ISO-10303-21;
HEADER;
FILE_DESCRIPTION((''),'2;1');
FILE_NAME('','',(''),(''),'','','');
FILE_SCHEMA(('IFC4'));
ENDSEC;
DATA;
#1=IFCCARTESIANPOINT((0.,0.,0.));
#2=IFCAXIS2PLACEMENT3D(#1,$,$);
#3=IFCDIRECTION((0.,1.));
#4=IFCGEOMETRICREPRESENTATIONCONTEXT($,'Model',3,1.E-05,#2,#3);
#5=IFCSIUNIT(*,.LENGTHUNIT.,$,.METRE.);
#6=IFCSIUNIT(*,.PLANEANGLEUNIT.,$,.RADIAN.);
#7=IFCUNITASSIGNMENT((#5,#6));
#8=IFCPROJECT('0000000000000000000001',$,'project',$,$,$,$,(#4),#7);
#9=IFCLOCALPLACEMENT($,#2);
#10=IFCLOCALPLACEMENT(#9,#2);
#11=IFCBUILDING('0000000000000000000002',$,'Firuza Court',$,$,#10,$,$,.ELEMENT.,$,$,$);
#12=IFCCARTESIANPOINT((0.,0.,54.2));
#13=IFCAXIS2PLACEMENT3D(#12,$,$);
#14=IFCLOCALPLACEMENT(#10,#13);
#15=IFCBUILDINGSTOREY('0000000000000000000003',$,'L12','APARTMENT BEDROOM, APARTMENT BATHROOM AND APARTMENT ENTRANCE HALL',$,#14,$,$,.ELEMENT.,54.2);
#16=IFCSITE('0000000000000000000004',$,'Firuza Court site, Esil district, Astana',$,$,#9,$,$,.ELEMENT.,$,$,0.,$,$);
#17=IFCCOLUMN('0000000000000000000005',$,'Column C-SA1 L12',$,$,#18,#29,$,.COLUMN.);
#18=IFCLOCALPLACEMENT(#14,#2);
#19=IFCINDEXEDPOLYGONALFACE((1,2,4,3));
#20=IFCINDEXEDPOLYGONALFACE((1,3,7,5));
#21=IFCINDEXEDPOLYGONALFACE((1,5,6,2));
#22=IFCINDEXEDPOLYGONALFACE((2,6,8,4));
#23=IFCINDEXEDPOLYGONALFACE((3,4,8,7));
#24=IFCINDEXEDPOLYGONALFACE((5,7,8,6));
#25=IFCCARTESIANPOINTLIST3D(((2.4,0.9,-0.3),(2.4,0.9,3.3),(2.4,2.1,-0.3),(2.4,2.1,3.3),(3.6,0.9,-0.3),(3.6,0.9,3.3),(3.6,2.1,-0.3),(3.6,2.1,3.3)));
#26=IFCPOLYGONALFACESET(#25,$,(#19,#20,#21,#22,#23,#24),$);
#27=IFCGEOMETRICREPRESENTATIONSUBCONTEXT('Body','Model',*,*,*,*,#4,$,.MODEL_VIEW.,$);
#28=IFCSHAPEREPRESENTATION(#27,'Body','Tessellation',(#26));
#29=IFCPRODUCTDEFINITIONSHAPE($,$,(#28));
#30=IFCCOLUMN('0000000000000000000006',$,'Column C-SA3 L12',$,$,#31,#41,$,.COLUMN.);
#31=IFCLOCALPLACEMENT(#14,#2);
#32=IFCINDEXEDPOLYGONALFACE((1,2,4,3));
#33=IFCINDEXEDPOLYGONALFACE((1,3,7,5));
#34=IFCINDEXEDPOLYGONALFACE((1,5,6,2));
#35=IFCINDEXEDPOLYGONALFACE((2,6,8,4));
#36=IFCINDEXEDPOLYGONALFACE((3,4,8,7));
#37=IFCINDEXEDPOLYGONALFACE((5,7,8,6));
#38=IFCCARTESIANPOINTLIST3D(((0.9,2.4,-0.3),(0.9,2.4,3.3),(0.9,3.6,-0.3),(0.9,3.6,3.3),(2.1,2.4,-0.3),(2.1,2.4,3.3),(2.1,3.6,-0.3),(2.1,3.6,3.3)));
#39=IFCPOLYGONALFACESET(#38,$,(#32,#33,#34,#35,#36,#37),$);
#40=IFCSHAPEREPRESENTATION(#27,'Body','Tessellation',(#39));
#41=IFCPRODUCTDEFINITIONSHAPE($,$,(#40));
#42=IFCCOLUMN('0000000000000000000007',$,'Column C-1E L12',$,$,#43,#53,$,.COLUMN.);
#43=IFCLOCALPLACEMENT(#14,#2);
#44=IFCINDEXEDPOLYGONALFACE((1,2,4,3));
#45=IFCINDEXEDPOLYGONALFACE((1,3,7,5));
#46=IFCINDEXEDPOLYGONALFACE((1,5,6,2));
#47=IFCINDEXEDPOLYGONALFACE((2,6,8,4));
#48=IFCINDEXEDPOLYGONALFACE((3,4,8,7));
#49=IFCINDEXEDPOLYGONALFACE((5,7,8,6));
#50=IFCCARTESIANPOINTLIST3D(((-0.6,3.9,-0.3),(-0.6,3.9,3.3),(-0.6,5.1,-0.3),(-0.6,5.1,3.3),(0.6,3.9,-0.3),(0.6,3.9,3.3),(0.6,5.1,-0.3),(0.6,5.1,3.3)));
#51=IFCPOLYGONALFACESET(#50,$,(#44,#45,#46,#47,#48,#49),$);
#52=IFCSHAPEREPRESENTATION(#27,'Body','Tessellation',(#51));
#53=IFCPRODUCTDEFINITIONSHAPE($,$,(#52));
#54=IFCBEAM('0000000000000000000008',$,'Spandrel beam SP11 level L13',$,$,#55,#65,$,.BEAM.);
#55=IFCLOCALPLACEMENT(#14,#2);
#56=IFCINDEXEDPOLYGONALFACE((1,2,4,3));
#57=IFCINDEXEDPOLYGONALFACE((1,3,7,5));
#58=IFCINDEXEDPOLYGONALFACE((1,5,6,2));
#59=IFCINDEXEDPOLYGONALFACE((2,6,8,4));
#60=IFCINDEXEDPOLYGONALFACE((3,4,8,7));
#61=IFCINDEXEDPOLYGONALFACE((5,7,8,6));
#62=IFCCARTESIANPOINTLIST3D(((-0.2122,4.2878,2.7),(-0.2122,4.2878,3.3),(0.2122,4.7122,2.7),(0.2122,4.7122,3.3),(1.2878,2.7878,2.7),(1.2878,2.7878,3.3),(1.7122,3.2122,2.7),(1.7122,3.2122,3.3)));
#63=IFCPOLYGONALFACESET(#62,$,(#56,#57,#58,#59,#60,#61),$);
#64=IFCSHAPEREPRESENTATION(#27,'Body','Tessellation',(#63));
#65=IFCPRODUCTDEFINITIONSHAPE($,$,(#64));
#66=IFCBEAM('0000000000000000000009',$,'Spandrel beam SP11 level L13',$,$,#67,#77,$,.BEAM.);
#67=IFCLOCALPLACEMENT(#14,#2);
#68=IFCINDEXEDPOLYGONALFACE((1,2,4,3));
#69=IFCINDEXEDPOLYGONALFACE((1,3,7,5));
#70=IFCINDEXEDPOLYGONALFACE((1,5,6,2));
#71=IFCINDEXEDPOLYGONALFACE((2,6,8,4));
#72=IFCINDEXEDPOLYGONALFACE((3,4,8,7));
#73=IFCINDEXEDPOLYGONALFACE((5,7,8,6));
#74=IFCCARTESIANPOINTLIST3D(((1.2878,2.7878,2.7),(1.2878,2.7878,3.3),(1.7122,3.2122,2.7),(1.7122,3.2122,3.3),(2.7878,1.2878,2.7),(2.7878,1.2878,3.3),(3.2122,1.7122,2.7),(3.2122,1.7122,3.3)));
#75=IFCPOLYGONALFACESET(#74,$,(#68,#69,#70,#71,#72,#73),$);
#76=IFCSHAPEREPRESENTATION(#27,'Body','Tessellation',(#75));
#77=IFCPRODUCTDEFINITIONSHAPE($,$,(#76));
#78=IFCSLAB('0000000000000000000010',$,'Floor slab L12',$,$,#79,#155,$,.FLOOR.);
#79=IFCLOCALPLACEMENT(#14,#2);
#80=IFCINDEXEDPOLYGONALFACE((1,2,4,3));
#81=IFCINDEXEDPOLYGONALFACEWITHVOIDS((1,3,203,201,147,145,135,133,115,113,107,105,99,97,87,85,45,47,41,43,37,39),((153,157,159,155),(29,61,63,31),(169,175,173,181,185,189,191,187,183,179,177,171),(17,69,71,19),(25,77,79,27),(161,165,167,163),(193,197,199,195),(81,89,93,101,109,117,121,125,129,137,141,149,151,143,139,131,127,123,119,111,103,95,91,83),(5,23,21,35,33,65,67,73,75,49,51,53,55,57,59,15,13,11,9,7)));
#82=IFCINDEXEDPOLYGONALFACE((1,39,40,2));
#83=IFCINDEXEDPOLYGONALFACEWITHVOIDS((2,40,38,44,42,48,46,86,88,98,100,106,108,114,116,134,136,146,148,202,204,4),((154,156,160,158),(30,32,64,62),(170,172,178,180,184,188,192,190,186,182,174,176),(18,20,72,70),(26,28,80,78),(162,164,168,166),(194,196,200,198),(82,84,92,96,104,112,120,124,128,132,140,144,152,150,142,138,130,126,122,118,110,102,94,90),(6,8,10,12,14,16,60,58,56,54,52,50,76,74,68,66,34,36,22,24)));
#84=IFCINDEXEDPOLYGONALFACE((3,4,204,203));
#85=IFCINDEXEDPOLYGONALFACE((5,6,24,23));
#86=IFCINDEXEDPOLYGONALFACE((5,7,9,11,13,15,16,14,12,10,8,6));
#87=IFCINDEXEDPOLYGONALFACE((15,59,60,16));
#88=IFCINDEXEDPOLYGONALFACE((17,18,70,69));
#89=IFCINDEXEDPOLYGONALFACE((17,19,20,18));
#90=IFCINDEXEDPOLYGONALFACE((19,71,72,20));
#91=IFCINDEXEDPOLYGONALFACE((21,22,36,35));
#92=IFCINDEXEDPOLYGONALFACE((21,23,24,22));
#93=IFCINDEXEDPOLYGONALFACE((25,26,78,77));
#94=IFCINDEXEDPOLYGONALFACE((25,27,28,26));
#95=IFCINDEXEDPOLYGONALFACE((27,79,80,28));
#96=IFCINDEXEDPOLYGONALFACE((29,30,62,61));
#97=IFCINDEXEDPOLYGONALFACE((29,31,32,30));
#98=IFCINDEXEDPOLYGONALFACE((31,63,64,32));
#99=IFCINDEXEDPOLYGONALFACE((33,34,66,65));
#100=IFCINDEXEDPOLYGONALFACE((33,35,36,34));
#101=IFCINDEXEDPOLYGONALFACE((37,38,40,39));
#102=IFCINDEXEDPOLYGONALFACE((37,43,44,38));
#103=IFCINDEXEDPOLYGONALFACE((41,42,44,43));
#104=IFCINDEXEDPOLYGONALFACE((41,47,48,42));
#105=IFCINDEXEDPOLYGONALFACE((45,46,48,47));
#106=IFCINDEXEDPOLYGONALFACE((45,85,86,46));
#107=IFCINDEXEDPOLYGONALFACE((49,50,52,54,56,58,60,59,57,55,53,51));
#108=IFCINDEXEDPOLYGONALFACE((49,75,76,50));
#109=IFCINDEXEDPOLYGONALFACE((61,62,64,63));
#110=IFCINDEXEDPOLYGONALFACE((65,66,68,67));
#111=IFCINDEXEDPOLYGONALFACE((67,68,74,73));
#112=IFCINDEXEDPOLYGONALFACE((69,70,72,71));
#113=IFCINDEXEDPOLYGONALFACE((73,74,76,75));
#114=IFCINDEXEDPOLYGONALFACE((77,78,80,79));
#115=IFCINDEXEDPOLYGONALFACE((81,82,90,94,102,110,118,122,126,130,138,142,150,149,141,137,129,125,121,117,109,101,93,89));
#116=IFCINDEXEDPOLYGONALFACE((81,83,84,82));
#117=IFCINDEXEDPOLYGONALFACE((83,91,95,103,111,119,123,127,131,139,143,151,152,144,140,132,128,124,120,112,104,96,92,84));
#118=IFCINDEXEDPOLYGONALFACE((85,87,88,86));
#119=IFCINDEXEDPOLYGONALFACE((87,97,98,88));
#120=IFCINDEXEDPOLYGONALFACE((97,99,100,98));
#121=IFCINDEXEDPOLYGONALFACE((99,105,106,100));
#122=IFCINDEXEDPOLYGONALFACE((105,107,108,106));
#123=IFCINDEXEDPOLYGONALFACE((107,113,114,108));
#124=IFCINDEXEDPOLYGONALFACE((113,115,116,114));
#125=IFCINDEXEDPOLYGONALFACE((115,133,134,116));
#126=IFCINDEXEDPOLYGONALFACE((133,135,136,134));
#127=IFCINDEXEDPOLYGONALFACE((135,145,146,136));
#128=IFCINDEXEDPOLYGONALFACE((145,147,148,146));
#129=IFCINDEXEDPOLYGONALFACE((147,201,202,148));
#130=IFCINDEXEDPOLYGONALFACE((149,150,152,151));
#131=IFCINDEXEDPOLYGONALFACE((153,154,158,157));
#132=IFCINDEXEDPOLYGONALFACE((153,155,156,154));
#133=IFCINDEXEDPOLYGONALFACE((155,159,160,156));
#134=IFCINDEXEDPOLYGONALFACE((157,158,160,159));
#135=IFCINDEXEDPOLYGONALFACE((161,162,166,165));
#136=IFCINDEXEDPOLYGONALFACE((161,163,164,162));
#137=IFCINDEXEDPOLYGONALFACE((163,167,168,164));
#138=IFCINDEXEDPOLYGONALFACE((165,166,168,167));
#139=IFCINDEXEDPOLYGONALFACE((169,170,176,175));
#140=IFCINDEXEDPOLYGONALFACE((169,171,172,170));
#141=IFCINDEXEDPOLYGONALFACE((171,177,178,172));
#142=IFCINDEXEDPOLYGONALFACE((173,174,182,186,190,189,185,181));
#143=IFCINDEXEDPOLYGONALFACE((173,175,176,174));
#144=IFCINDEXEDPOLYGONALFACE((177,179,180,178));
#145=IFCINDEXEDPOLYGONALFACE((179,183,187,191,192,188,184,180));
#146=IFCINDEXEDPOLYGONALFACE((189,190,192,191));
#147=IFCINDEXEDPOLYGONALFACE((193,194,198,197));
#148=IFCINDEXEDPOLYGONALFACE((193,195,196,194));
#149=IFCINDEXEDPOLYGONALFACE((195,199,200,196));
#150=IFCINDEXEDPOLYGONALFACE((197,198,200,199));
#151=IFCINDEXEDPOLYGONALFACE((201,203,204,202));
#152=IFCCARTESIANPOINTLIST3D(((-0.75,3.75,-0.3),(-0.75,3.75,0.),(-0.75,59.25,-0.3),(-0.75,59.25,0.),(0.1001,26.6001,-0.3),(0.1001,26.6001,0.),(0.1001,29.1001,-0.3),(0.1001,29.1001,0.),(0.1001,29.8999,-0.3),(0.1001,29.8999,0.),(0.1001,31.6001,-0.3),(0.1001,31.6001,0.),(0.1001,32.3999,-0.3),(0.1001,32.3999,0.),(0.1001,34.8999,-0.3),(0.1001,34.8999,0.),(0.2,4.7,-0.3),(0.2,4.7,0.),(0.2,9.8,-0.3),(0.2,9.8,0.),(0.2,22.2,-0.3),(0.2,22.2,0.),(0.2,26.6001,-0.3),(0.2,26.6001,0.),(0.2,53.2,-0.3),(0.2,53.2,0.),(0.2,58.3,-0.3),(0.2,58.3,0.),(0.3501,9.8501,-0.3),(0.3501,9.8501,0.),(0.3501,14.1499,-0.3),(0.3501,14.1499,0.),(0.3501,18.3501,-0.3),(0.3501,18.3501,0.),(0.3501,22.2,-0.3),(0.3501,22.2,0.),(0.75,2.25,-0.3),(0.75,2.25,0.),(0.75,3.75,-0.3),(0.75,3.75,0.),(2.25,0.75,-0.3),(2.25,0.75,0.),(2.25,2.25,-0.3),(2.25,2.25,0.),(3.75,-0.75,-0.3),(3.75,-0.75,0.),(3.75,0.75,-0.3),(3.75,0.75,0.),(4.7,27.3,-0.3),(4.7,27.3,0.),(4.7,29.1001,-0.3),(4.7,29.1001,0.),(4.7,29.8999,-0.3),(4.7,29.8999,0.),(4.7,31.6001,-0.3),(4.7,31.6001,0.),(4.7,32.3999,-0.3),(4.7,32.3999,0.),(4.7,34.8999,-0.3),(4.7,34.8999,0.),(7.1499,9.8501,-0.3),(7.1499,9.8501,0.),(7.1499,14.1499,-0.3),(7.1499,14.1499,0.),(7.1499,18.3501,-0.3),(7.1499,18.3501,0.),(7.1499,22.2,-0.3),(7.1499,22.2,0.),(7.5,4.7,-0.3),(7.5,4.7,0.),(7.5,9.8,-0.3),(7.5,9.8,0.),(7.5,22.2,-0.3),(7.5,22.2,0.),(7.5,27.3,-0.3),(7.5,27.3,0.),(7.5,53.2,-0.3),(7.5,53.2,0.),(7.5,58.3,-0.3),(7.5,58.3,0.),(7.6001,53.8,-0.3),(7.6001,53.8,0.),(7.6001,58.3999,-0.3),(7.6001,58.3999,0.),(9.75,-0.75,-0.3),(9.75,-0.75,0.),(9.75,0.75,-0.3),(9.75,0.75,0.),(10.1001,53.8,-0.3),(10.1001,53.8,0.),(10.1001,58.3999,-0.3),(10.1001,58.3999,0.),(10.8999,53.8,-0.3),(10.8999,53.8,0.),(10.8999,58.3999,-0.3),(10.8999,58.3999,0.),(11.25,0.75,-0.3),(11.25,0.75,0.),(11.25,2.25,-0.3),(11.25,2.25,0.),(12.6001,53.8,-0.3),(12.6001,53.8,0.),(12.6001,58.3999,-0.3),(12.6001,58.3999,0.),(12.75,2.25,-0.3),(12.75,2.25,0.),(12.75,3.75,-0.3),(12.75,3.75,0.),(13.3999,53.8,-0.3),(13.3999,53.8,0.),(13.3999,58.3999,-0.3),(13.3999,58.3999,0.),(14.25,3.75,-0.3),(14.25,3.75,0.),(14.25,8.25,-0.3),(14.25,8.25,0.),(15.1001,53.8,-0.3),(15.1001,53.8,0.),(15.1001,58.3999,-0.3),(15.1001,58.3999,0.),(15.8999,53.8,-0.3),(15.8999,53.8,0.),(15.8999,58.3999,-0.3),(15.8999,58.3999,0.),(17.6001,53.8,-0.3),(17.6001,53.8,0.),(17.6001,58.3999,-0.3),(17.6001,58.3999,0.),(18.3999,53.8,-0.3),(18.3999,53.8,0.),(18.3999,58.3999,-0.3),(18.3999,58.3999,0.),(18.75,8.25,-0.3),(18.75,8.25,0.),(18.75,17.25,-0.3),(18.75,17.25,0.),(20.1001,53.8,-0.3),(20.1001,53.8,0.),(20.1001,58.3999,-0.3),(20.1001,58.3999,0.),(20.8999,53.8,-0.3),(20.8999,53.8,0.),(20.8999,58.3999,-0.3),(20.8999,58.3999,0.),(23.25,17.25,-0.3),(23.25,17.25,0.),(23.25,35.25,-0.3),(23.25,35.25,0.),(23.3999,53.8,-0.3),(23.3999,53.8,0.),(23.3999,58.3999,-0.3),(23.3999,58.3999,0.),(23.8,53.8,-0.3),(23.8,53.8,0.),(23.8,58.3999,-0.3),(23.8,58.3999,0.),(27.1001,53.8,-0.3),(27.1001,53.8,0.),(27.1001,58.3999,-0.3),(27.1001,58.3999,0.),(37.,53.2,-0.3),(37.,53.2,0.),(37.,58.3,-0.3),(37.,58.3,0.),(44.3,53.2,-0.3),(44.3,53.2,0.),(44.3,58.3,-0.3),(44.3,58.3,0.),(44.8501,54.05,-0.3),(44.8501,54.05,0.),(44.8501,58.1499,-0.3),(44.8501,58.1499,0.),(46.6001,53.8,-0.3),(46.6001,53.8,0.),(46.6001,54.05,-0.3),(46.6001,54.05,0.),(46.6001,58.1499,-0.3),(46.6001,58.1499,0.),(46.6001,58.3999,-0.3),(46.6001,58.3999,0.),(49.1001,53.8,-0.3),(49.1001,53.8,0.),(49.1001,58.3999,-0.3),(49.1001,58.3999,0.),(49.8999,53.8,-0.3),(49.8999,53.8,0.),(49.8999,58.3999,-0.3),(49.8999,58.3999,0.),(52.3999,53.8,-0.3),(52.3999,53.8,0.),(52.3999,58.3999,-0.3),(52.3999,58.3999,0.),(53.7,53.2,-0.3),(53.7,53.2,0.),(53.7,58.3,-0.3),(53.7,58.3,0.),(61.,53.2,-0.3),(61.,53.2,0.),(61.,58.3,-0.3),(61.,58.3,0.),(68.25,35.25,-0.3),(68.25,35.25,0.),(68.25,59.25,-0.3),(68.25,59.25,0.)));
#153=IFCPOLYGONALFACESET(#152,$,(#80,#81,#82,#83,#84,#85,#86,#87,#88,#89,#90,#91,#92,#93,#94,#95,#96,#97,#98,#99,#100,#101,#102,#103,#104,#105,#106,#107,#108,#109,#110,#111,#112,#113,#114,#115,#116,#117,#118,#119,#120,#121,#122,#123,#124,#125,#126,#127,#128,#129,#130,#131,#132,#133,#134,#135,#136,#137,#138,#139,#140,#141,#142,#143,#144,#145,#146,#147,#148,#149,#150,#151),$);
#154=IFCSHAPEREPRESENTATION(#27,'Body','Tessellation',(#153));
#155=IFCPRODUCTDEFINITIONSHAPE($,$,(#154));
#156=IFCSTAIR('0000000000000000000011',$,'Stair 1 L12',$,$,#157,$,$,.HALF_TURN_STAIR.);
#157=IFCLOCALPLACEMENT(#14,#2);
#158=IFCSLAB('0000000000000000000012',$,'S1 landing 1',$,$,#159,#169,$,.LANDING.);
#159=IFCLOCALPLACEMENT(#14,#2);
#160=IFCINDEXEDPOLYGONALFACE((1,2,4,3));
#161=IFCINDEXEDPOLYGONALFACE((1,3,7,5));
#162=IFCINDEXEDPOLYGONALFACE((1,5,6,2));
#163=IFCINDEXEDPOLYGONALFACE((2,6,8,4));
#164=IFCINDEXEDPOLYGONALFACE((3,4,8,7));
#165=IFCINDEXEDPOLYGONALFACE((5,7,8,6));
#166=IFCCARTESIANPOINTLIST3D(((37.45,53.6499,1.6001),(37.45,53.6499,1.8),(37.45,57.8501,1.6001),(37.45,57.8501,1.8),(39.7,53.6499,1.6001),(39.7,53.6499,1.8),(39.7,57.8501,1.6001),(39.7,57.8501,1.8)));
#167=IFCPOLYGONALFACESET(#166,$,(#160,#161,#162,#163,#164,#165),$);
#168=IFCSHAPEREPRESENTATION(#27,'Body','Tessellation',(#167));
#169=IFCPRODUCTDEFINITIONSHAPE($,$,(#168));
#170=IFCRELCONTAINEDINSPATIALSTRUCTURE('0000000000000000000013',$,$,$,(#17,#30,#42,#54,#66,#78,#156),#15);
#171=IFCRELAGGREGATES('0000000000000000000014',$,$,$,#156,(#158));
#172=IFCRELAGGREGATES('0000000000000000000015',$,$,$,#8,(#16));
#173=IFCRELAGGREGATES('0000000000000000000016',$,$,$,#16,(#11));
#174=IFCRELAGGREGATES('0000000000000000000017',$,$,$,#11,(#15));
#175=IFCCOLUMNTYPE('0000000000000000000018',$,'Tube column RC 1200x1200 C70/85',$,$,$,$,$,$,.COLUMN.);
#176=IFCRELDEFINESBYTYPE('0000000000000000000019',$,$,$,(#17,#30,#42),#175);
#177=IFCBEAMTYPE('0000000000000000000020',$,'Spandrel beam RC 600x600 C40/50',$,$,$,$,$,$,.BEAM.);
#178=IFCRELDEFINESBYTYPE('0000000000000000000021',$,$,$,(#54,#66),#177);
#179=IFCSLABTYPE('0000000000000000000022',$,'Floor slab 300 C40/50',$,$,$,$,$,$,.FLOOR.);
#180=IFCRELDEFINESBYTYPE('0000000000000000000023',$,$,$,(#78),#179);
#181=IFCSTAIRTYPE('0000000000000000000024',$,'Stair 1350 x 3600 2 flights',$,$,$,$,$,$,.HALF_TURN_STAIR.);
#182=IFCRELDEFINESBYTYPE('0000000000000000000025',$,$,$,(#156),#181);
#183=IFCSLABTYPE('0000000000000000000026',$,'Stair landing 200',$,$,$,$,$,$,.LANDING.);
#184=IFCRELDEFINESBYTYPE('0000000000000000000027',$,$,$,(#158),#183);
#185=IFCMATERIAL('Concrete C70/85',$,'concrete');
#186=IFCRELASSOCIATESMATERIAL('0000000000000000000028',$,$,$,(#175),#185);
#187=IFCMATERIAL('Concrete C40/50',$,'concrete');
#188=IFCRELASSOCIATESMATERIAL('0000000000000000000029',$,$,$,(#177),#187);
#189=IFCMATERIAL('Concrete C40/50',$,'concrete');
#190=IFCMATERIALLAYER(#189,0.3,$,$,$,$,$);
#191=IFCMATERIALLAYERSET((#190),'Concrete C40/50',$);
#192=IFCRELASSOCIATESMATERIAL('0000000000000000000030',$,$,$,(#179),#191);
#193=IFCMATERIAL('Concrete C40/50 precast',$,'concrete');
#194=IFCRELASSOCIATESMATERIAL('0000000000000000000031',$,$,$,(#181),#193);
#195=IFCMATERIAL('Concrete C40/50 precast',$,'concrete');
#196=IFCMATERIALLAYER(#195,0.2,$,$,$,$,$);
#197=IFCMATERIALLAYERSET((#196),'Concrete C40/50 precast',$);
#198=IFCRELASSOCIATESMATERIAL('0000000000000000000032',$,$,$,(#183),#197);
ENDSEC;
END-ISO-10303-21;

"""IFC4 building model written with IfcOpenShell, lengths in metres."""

from ifc_helpers import new_model, si_unit, direction, frame, origin, origin_2d, place, context, subcontext, project, spatial, polyline, rectangle, outline, extrude, material, layer, layer_set, material_profile, profile_set, type_object, element, aggregate, save


model = new_model("IFC4")

# Units and contexts
model_context = context("Model", 3, precision=1e-05, world=origin(), true_north=direction((0.0, 1.0)))
body_context = subcontext(model_context, "Body", "Model", "MODEL_VIEW")
ifc_project = project(units=[si_unit("LENGTHUNIT", "METRE"), si_unit("PLANEANGLEUNIT", "RADIAN")], contexts=[model_context])

# Site, building, storey
site_placement = place(None, origin())
site = spatial("IfcSite", under=ifc_project, at=site_placement, Name="Firuza Court site, Esil district, Astana", CompositionType="ELEMENT", RefElevation=0.0)
building_placement = place(site_placement, origin())
building = spatial("IfcBuilding", under=site, at=building_placement, Name="Firuza Court", CompositionType="ELEMENT")
storey_placement = place(building_placement, frame((0.0, 0.0, 54.2)))
storey = spatial("IfcBuildingStorey", under=building, at=storey_placement, Name="L12", Description="APARTMENT BEDROOM, APARTMENT BATHROOM AND APARTMENT ENTRANCE HALL", CompositionType="ELEMENT", Elevation=54.2)

# Columns
ifc_material_1 = material(Name="Concrete C70/85", Category="concrete")
ifc_material_profile_1 = material_profile(ifc_material_1, rectangle(XDim=1.2, YDim=1.2, at=origin_2d()), Name="RC 1200x1200")
ifc_profile_set_1 = profile_set([ifc_material_profile_1], Name="Concrete C70/85")
column_type = type_object("IfcColumnType", Name="Tube column RC 1200x1200 C70/85", PredefinedType="COLUMN", material=ifc_profile_set_1)
for number, where, z_axis, x_axis, name in (
    (1, (3.0, 1.5, -0.3), (0.0, 0.0, 1.0), (1.0, 0.0, 0.0), "Column C-SA1 L12"),
    (2, (1.5, 3.0, -0.3), (0.0, 0.0, 1.0), (1.0, 0.0, 0.0), "Column C-SA3 L12"),
    (3, (0.0, 4.5, -0.3), (0.0, 0.0, 1.0), (1.0, 0.0, 0.0), "Column C-1E L12"),
):
    element("IfcColumn", number, at=place(storey_placement, frame(where, z_axis=z_axis, x_axis=x_axis)), inside=storey, type_object=column_type, Name=name, PredefinedType="COLUMN", context=body_context, shape_type="SweptSolid", body=[
        extrude(rectangle(XDim=1.2, YDim=1.2, at=origin_2d()), origin(), (0.0, 0.0, 1.0), 3.6001),
    ])

# Beams
ifc_material_2 = material(Name="Concrete C40/50", Category="concrete")
ifc_material_profile_2 = material_profile(ifc_material_2, rectangle(XDim=0.6001, YDim=0.6001, at=origin_2d()), Name="RC 600x600")
ifc_profile_set_2 = profile_set([ifc_material_profile_2], Name="Concrete C40/50")
beam_type = type_object("IfcBeamType", Name="Spandrel beam RC 600x600 C40/50", PredefinedType="BEAM", material=ifc_profile_set_2)
for number, where, z_axis, x_axis, name in (
    (4, (0.0, 4.5, 3.0), (0.707107, -0.707107, 0.0), (0.707107, 0.707107, 0.0), "Spandrel beam SP11 level L13"),
    (5, (1.5, 3.0, 3.0), (0.707107, -0.707107, 0.0), (0.707107, 0.707107, 0.0), "Spandrel beam SP11 level L13"),
):
    element("IfcBeam", number, at=place(storey_placement, frame(where, z_axis=z_axis, x_axis=x_axis)), inside=storey, type_object=beam_type, Name=name, PredefinedType="BEAM", context=body_context, shape_type="SweptSolid", body=[
        extrude(rectangle(XDim=0.6001, YDim=0.6001, at=origin_2d()), origin(), (0.0, 0.0, 1.0), 2.1213),
    ])

# Slab
ifc_material_3 = material(Name="Concrete C40/50", Category="concrete")
ifc_layer_1 = layer(ifc_material_3, 0.3)
ifc_layer_set_1 = layer_set([ifc_layer_1], Name="Concrete C40/50")
slab_type_1 = type_object("IfcSlabType", Name="Floor slab 300 C40/50", PredefinedType="FLOOR", material=ifc_layer_set_1)
slab_1_placement = place(storey_placement, frame((0.0, 0.0, -0.3)))
element("IfcSlab", 6, at=slab_1_placement, inside=storey, type_object=slab_type_1, Name="Floor slab L12", PredefinedType="FLOOR", context=body_context, shape_type="SweptSolid", body=[
    extrude(outline(polyline([(3.75, -0.75), (3.75, 0.75), (2.25, 0.75), (2.25, 2.25), (0.75, 2.25), (0.75, 3.75), (-0.75, 3.75), (-0.75, 59.25), (68.25, 59.25), (68.25, 35.25), (23.25, 35.25), (23.25, 17.25), (18.75, 17.25), (18.75, 8.25), (14.25, 8.25), (14.25, 3.75), (12.75, 3.75), (12.75, 2.25), (11.25, 2.25), (11.25, 0.75), (9.75, 0.75), (9.75, -0.75), (3.75, -0.75)]), holes=[polyline([(7.5, 9.8), (0.2, 9.8), (0.2, 4.7), (7.5, 4.7), (7.5, 9.8)]), polyline([(7.1499, 14.1499), (0.3501, 14.1499), (0.3501, 9.8501), (7.1499, 9.8501), (7.1499, 14.1499)]), polyline([(0.2, 22.2), (0.3501, 22.2), (0.3501, 18.3501), (7.1499, 18.3501), (7.1499, 22.2), (7.5, 22.2), (7.5, 27.3), (4.7, 27.3), (4.7, 29.1001), (4.7, 29.8999), (4.7, 31.6001), (4.7, 32.3999), (4.7, 34.8999), (0.1001, 34.8999), (0.1001, 32.3999), (0.1001, 31.6001), (0.1001, 29.8999), (0.1001, 29.1001), (0.1001, 26.6001), (0.2, 26.6001), (0.2, 22.2)]), polyline([(7.5, 58.3), (0.2, 58.3), (0.2, 53.2), (7.5, 53.2), (7.5, 58.3)]), polyline([(10.1001, 58.3999), (7.6001, 58.3999), (7.6001, 53.8), (10.1001, 53.8), (10.8999, 53.8), (12.6001, 53.8), (13.3999, 53.8), (15.1001, 53.8), (15.8999, 53.8), (17.6001, 53.8), (18.3999, 53.8), (20.1001, 53.8), (20.8999, 53.8), (23.3999, 53.8), (23.3999, 58.3999), (20.8999, 58.3999), (20.1001, 58.3999), (18.3999, 58.3999), (17.6001, 58.3999), (15.8999, 58.3999), (15.1001, 58.3999), (13.3999, 58.3999), (12.6001, 58.3999), (10.8999, 58.3999), (10.1001, 58.3999)]), polyline([(44.3, 58.3), (37.0, 58.3), (37.0, 53.2), (44.3, 53.2), (44.3, 58.3)]), polyline([(61.0, 58.3), (53.7, 58.3), (53.7, 53.2), (61.0, 53.2), (61.0, 58.3)]), polyline([(27.1001, 58.3999), (23.8, 58.3999), (23.8, 53.8), (27.1001, 53.8), (27.1001, 58.3999)]), polyline([(46.6001, 58.1499), (44.8501, 58.1499), (44.8501, 54.05), (46.6001, 54.05), (46.6001, 53.8), (49.1001, 53.8), (49.8999, 53.8), (52.3999, 53.8), (52.3999, 58.3999), (49.8999, 58.3999), (49.1001, 58.3999), (46.6001, 58.3999), (46.6001, 58.1499)])]), origin(), (0.0, 0.0, 1.0), 0.3),
])

# Stair, slab
ifc_material_4 = material(Name="Concrete C40/50 precast", Category="concrete")
stair_type = type_object("IfcStairType", Name="Stair 1350 x 3600 2 flights", PredefinedType="HALF_TURN_STAIR", material=ifc_material_4)
stair_1_placement = place(storey_placement, origin())
stair_1 = element("IfcStair", 7, at=stair_1_placement, inside=storey, type_object=stair_type, Name="Stair 1 L12", PredefinedType="HALF_TURN_STAIR")
ifc_material_5 = material(Name="Concrete C40/50 precast", Category="concrete")
ifc_layer_2 = layer(ifc_material_5, 0.2)
ifc_layer_set_2 = layer_set([ifc_layer_2], Name="Concrete C40/50 precast")
slab_type_2 = type_object("IfcSlabType", Name="Stair landing 200", PredefinedType="LANDING", material=ifc_layer_set_2)
slab_2_placement = place(storey_placement, frame((0.0, 0.0, 1.6001)))
slab_2 = element("IfcSlab", 8, at=slab_2_placement, type_object=slab_type_2, Name="S1 landing 1", PredefinedType="LANDING", context=body_context, shape_type="SweptSolid", body=[
    extrude(outline(polyline([(39.7, 53.6499), (39.7, 57.8501), (37.45, 57.8501), (37.45, 53.6499), (39.7, 53.6499)])), origin(), (0.0, 0.0, 1.0), 0.2),
])
aggregate(stair_1, [slab_2])

save(model, "model.ifc")
